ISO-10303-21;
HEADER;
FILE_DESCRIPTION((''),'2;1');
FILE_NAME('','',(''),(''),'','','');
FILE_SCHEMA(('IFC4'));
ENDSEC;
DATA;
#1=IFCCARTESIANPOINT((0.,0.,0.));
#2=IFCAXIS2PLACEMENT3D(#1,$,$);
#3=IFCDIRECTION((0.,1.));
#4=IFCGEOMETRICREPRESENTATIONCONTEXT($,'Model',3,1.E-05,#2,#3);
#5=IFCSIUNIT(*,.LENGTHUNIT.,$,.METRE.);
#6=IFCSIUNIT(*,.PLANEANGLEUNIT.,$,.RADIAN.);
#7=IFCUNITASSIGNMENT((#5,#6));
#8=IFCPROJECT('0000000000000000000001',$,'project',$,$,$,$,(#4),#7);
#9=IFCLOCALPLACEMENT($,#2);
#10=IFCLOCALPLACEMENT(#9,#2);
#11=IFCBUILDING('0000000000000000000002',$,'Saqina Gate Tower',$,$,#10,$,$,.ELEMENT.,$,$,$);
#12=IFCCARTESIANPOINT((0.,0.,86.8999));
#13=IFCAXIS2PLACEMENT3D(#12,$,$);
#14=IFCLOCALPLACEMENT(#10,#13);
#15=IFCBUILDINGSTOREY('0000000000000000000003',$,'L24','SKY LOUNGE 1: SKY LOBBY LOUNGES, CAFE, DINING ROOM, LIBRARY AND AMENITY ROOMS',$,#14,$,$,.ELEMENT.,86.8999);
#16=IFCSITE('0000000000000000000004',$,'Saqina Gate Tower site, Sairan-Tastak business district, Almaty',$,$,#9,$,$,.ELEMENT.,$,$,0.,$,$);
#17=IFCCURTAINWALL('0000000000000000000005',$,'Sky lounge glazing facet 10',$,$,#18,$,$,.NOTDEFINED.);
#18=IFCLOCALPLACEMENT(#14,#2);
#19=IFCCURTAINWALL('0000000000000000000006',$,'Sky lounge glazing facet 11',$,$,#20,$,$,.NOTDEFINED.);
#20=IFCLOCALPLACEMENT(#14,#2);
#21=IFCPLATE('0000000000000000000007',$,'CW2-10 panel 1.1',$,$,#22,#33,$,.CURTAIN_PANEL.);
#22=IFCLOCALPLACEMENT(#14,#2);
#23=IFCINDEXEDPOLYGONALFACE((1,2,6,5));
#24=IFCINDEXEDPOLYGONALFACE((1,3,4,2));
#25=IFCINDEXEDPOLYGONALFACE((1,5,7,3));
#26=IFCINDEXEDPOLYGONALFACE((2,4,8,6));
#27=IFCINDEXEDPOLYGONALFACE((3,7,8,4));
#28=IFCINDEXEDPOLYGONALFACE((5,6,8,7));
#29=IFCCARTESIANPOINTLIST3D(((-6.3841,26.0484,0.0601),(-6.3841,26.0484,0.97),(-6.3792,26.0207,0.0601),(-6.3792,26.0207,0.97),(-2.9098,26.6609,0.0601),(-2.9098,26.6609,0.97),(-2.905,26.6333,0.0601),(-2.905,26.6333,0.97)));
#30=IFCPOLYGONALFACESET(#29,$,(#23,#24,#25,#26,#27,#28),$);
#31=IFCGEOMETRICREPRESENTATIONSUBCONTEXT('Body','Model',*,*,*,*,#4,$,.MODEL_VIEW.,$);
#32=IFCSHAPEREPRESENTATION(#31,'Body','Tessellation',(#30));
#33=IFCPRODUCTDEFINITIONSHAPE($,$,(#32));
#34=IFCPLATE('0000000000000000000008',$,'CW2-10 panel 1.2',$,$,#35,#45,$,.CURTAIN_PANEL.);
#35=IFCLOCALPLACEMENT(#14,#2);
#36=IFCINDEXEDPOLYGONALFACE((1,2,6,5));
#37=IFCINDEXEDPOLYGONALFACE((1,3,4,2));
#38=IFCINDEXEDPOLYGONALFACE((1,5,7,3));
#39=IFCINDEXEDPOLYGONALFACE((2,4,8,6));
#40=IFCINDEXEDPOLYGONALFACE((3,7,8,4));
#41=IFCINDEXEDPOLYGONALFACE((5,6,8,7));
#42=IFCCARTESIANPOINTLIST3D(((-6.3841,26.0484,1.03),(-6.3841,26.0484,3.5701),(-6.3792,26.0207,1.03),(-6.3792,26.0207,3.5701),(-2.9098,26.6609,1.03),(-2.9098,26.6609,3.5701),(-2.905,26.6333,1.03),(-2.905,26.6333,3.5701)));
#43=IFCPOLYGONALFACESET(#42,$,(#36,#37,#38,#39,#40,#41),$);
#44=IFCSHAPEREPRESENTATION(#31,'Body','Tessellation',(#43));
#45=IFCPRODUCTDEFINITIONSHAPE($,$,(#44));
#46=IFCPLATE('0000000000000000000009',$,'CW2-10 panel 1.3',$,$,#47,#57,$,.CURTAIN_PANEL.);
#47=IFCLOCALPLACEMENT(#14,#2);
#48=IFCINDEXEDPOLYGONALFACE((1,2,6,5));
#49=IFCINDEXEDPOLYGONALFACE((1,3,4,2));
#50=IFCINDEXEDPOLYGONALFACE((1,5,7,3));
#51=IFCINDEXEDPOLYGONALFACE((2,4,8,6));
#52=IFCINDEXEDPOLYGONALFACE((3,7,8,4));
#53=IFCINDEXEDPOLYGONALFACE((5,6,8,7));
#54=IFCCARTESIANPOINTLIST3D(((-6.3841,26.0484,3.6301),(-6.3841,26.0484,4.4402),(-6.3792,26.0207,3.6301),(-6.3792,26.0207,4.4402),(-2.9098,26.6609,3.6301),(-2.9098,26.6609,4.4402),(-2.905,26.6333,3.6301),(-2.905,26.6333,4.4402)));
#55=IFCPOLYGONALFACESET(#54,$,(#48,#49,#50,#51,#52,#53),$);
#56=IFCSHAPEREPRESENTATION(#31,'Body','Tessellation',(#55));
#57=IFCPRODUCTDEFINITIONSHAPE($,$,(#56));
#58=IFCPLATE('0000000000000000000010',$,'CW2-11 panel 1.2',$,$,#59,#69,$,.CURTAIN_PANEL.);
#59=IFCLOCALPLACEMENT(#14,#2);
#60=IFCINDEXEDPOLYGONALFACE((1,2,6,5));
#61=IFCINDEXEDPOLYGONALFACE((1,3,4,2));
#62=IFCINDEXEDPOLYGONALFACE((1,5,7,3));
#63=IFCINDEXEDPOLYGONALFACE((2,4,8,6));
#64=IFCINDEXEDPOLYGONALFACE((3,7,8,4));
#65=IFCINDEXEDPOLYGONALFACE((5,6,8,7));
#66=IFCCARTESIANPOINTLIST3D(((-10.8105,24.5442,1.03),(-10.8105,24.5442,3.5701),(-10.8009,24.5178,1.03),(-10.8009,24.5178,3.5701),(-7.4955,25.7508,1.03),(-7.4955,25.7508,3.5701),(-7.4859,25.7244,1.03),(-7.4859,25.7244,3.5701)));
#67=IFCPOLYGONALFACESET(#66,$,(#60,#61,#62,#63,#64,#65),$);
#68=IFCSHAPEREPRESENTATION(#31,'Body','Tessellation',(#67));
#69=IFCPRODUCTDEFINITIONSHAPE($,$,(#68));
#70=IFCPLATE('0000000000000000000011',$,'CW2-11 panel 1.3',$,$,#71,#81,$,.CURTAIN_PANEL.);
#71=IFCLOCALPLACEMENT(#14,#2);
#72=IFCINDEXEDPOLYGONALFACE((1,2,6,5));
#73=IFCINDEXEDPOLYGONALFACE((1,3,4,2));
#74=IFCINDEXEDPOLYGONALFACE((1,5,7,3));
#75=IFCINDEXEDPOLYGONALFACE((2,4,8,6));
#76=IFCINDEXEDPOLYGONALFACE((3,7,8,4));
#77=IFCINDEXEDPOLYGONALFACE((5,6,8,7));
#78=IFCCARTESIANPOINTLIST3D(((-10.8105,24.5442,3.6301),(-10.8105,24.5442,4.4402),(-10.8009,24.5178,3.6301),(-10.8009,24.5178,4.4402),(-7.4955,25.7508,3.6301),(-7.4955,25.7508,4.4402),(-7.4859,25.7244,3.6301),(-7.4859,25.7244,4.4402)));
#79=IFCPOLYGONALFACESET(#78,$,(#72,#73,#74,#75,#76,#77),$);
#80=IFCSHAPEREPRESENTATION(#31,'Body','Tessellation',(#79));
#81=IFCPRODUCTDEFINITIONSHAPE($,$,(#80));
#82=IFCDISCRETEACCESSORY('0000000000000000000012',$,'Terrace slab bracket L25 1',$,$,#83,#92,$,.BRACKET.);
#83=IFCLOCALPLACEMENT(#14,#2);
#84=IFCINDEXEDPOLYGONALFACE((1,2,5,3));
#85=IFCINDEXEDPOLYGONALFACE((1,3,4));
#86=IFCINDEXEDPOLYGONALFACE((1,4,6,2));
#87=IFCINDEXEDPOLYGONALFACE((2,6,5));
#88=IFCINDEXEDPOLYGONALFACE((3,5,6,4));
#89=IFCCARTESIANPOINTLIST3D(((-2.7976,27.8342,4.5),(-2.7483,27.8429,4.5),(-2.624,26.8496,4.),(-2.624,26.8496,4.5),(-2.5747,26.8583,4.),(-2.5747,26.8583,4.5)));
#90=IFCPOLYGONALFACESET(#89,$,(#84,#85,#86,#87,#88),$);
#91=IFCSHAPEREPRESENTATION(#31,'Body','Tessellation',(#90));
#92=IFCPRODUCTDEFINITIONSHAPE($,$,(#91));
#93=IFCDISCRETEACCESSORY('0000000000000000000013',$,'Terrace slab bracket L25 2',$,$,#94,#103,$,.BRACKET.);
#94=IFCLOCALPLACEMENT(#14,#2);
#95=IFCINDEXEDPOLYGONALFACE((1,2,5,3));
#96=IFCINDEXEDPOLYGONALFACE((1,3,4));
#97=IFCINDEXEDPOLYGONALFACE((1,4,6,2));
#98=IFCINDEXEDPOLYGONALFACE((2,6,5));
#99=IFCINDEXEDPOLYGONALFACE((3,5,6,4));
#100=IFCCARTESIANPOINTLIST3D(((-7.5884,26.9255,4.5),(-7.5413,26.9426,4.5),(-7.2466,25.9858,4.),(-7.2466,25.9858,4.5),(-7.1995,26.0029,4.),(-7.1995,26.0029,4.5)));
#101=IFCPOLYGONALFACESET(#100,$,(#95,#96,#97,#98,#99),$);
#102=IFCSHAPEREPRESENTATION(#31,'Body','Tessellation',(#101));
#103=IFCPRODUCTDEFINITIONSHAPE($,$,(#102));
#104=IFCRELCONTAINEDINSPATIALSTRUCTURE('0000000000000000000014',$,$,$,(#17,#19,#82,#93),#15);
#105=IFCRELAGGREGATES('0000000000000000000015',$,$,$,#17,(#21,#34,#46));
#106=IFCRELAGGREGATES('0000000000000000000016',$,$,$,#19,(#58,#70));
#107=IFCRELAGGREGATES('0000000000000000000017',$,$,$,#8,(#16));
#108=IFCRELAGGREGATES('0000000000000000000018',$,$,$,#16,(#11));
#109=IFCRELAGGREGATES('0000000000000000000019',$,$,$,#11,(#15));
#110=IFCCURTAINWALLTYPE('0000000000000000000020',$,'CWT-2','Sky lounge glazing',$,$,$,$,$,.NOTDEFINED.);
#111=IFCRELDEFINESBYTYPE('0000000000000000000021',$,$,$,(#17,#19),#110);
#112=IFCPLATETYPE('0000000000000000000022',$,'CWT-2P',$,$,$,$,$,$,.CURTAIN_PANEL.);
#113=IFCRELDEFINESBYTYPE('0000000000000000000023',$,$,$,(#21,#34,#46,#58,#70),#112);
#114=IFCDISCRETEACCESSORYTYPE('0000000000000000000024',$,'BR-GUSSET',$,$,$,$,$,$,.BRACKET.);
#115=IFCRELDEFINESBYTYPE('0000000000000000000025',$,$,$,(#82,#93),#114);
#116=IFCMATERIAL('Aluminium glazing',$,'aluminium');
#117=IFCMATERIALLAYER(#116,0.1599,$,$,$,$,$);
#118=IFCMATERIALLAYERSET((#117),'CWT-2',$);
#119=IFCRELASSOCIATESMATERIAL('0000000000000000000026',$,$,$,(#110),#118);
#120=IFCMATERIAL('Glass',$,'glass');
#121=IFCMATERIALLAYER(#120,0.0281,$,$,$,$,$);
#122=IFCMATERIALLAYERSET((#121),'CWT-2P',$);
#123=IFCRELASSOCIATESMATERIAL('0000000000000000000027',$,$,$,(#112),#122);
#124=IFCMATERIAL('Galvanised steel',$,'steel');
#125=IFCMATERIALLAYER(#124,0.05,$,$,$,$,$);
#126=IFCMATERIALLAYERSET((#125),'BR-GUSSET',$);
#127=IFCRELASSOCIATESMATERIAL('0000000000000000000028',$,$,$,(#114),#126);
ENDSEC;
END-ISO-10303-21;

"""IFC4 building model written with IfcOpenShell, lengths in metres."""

from ifc_helpers import new_model, si_unit, direction, frame, origin, origin_2d, place, context, subcontext, project, spatial, polyline, rectangle, outline, extrude, material, layer, layer_set, type_object, element, aggregate, save


model = new_model("IFC4")

# Units and contexts
model_context = context("Model", 3, precision=1e-05, world=origin(), true_north=direction((0.0, 1.0)))
body_context = subcontext(model_context, "Body", "Model", "MODEL_VIEW")
ifc_project = project(units=[si_unit("LENGTHUNIT", "METRE"), si_unit("PLANEANGLEUNIT", "RADIAN")], contexts=[model_context])

# Site, building, storey
site_placement = place(None, origin())
site = spatial("IfcSite", under=ifc_project, at=site_placement, Name="Saqina Gate Tower site, Sairan-Tastak business district, Almaty", CompositionType="ELEMENT", RefElevation=0.0)
building_placement = place(site_placement, origin())
building = spatial("IfcBuilding", under=site, at=building_placement, Name="Saqina Gate Tower", CompositionType="ELEMENT")
storey_placement = place(building_placement, frame((0.0, 0.0, 86.8999)))
storey = spatial("IfcBuildingStorey", under=building, at=storey_placement, Name="L24", Description="SKY LOUNGE 1: SKY LOBBY LOUNGES, CAFE, DINING ROOM, LIBRARY AND AMENITY ROOMS", CompositionType="ELEMENT", Elevation=86.8999)

# Shared definitions
ifc_material_1 = material(Name="Aluminium glazing", Category="aluminium")
ifc_layer_1 = layer(ifc_material_1, 0.1599)
ifc_layer_set_1 = layer_set([ifc_layer_1], Name="CWT-2")
curtain_wall_type = type_object("IfcCurtainWallType", Name="CWT-2", Description="Sky lounge glazing", PredefinedType="NOTDEFINED", material=ifc_layer_set_1)

# Curtain wall
curtain_wall_1_placement = place(storey_placement, origin())
curtain_wall_1 = element("IfcCurtainWall", 1, at=curtain_wall_1_placement, inside=storey, type_object=curtain_wall_type, Name="Sky lounge glazing facet 10", PredefinedType="NOTDEFINED")

# Curtain wall
curtain_wall_2_placement = place(storey_placement, origin())
curtain_wall_2 = element("IfcCurtainWall", 2, at=curtain_wall_2_placement, inside=storey, type_object=curtain_wall_type, Name="Sky lounge glazing facet 11", PredefinedType="NOTDEFINED")

# Plates
ifc_material_2 = material(Name="Glass", Category="glass")
ifc_layer_2 = layer(ifc_material_2, 0.0281)
ifc_layer_set_2 = layer_set([ifc_layer_2], Name="CWT-2P")
plate_type = type_object("IfcPlateType", Name="CWT-2P", PredefinedType="CURTAIN_PANEL", material=ifc_layer_set_2)
plate_1_placement = place(storey_placement, frame((-4.6445, 26.3408, 0.0601), z_axis=(0.0, 0.0, 1.0), x_axis=(-0.984809, -0.173638, 0.0)))
plate_1 = element("IfcPlate", 3, at=plate_1_placement, type_object=plate_type, Name="CW2-10 panel 1.1", PredefinedType="CURTAIN_PANEL", context=body_context, shape_type="SweptSolid", body=[
    extrude(rectangle(XDim=3.5278, YDim=0.0281, at=origin_2d()), origin(), (0.0, 0.0, 1.0), 0.9099),
])
plate_2_placement = place(storey_placement, frame((-4.6445, 26.3408, 1.03), z_axis=(0.0, 0.0, 1.0), x_axis=(-0.984809, -0.173638, 0.0)))
plate_2 = element("IfcPlate", 4, at=plate_2_placement, type_object=plate_type, Name="CW2-10 panel 1.2", PredefinedType="CURTAIN_PANEL", context=body_context, shape_type="SweptSolid", body=[
    extrude(rectangle(XDim=3.5278, YDim=0.0281, at=origin_2d()), origin(), (0.0, 0.0, 1.0), 2.54),
])
plate_3_placement = place(storey_placement, frame((-4.6445, 26.3408, 3.6301), z_axis=(0.0, 0.0, 1.0), x_axis=(-0.984809, -0.173638, 0.0)))
plate_3 = element("IfcPlate", 5, at=plate_3_placement, type_object=plate_type, Name="CW2-10 panel 1.3", PredefinedType="CURTAIN_PANEL", context=body_context, shape_type="SweptSolid", body=[
    extrude(rectangle(XDim=3.5278, YDim=0.0281, at=origin_2d()), origin(), (0.0, 0.0, 1.0), 0.8101),
])
aggregate(curtain_wall_1, [plate_1, plate_2, plate_3])
plate_4_placement = place(storey_placement, frame((-9.1482, 25.1343, 1.03), z_axis=(0.0, 0.0, 1.0), x_axis=(-0.939694, -0.342016, 0.0)))
plate_4 = element("IfcPlate", 6, at=plate_4_placement, type_object=plate_type, Name="CW2-11 panel 1.2", PredefinedType="CURTAIN_PANEL", context=body_context, shape_type="SweptSolid", body=[
    extrude(rectangle(XDim=3.5278, YDim=0.0281, at=origin_2d()), origin(), (0.0, 0.0, 1.0), 2.54),
])
plate_5_placement = place(storey_placement, frame((-9.1482, 25.1343, 3.6301), z_axis=(0.0, 0.0, 1.0), x_axis=(-0.939694, -0.342016, 0.0)))
plate_5 = element("IfcPlate", 7, at=plate_5_placement, type_object=plate_type, Name="CW2-11 panel 1.3", PredefinedType="CURTAIN_PANEL", context=body_context, shape_type="SweptSolid", body=[
    extrude(rectangle(XDim=3.5278, YDim=0.0281, at=origin_2d()), origin(), (0.0, 0.0, 1.0), 0.8101),
])
aggregate(curtain_wall_2, [plate_4, plate_5])

# Discrete accessories
ifc_material_3 = material(Name="Galvanised steel", Category="steel")
ifc_layer_3 = layer(ifc_material_3, 0.05)
ifc_layer_set_3 = layer_set([ifc_layer_3], Name="BR-GUSSET")
discrete_accessory_type = type_object("IfcDiscreteAccessoryType", Name="BR-GUSSET", PredefinedType="BRACKET", material=ifc_layer_set_3)
discrete_accessory_1_placement = place(storey_placement, frame((-2.624, 26.8496, 4.0), z_axis=(-0.984813, -0.173618, 0.0), x_axis=(0.0, 0.0, 1.0)))
element("IfcDiscreteAccessory", 8, at=discrete_accessory_1_placement, inside=storey, type_object=discrete_accessory_type, Name="Terrace slab bracket L25 1", PredefinedType="BRACKET", context=body_context, shape_type="SweptSolid", body=[
    extrude(outline(polyline([(0.0, 0.0), (0.5, 0.0), (0.5, 0.9998), (0.0, 0.0)])), origin(), (0.0, 0.0, -1.0), 0.05),
])
discrete_accessory_2_placement = place(storey_placement, frame((-7.2466, 25.9858, 4.0), z_axis=(-0.939765, -0.341821, 0.0), x_axis=(0.0, 0.0, 1.0)))
element("IfcDiscreteAccessory", 9, at=discrete_accessory_2_placement, inside=storey, type_object=discrete_accessory_type, Name="Terrace slab bracket L25 2", PredefinedType="BRACKET", context=body_context, shape_type="SweptSolid", body=[
    extrude(outline(polyline([(0.0, 0.0), (0.5, 0.0), (0.5, 0.9999), (0.0, 0.0)])), origin(), (0.0, 0.0, -1.0), 0.05),
])

save(model, "model.ifc")
